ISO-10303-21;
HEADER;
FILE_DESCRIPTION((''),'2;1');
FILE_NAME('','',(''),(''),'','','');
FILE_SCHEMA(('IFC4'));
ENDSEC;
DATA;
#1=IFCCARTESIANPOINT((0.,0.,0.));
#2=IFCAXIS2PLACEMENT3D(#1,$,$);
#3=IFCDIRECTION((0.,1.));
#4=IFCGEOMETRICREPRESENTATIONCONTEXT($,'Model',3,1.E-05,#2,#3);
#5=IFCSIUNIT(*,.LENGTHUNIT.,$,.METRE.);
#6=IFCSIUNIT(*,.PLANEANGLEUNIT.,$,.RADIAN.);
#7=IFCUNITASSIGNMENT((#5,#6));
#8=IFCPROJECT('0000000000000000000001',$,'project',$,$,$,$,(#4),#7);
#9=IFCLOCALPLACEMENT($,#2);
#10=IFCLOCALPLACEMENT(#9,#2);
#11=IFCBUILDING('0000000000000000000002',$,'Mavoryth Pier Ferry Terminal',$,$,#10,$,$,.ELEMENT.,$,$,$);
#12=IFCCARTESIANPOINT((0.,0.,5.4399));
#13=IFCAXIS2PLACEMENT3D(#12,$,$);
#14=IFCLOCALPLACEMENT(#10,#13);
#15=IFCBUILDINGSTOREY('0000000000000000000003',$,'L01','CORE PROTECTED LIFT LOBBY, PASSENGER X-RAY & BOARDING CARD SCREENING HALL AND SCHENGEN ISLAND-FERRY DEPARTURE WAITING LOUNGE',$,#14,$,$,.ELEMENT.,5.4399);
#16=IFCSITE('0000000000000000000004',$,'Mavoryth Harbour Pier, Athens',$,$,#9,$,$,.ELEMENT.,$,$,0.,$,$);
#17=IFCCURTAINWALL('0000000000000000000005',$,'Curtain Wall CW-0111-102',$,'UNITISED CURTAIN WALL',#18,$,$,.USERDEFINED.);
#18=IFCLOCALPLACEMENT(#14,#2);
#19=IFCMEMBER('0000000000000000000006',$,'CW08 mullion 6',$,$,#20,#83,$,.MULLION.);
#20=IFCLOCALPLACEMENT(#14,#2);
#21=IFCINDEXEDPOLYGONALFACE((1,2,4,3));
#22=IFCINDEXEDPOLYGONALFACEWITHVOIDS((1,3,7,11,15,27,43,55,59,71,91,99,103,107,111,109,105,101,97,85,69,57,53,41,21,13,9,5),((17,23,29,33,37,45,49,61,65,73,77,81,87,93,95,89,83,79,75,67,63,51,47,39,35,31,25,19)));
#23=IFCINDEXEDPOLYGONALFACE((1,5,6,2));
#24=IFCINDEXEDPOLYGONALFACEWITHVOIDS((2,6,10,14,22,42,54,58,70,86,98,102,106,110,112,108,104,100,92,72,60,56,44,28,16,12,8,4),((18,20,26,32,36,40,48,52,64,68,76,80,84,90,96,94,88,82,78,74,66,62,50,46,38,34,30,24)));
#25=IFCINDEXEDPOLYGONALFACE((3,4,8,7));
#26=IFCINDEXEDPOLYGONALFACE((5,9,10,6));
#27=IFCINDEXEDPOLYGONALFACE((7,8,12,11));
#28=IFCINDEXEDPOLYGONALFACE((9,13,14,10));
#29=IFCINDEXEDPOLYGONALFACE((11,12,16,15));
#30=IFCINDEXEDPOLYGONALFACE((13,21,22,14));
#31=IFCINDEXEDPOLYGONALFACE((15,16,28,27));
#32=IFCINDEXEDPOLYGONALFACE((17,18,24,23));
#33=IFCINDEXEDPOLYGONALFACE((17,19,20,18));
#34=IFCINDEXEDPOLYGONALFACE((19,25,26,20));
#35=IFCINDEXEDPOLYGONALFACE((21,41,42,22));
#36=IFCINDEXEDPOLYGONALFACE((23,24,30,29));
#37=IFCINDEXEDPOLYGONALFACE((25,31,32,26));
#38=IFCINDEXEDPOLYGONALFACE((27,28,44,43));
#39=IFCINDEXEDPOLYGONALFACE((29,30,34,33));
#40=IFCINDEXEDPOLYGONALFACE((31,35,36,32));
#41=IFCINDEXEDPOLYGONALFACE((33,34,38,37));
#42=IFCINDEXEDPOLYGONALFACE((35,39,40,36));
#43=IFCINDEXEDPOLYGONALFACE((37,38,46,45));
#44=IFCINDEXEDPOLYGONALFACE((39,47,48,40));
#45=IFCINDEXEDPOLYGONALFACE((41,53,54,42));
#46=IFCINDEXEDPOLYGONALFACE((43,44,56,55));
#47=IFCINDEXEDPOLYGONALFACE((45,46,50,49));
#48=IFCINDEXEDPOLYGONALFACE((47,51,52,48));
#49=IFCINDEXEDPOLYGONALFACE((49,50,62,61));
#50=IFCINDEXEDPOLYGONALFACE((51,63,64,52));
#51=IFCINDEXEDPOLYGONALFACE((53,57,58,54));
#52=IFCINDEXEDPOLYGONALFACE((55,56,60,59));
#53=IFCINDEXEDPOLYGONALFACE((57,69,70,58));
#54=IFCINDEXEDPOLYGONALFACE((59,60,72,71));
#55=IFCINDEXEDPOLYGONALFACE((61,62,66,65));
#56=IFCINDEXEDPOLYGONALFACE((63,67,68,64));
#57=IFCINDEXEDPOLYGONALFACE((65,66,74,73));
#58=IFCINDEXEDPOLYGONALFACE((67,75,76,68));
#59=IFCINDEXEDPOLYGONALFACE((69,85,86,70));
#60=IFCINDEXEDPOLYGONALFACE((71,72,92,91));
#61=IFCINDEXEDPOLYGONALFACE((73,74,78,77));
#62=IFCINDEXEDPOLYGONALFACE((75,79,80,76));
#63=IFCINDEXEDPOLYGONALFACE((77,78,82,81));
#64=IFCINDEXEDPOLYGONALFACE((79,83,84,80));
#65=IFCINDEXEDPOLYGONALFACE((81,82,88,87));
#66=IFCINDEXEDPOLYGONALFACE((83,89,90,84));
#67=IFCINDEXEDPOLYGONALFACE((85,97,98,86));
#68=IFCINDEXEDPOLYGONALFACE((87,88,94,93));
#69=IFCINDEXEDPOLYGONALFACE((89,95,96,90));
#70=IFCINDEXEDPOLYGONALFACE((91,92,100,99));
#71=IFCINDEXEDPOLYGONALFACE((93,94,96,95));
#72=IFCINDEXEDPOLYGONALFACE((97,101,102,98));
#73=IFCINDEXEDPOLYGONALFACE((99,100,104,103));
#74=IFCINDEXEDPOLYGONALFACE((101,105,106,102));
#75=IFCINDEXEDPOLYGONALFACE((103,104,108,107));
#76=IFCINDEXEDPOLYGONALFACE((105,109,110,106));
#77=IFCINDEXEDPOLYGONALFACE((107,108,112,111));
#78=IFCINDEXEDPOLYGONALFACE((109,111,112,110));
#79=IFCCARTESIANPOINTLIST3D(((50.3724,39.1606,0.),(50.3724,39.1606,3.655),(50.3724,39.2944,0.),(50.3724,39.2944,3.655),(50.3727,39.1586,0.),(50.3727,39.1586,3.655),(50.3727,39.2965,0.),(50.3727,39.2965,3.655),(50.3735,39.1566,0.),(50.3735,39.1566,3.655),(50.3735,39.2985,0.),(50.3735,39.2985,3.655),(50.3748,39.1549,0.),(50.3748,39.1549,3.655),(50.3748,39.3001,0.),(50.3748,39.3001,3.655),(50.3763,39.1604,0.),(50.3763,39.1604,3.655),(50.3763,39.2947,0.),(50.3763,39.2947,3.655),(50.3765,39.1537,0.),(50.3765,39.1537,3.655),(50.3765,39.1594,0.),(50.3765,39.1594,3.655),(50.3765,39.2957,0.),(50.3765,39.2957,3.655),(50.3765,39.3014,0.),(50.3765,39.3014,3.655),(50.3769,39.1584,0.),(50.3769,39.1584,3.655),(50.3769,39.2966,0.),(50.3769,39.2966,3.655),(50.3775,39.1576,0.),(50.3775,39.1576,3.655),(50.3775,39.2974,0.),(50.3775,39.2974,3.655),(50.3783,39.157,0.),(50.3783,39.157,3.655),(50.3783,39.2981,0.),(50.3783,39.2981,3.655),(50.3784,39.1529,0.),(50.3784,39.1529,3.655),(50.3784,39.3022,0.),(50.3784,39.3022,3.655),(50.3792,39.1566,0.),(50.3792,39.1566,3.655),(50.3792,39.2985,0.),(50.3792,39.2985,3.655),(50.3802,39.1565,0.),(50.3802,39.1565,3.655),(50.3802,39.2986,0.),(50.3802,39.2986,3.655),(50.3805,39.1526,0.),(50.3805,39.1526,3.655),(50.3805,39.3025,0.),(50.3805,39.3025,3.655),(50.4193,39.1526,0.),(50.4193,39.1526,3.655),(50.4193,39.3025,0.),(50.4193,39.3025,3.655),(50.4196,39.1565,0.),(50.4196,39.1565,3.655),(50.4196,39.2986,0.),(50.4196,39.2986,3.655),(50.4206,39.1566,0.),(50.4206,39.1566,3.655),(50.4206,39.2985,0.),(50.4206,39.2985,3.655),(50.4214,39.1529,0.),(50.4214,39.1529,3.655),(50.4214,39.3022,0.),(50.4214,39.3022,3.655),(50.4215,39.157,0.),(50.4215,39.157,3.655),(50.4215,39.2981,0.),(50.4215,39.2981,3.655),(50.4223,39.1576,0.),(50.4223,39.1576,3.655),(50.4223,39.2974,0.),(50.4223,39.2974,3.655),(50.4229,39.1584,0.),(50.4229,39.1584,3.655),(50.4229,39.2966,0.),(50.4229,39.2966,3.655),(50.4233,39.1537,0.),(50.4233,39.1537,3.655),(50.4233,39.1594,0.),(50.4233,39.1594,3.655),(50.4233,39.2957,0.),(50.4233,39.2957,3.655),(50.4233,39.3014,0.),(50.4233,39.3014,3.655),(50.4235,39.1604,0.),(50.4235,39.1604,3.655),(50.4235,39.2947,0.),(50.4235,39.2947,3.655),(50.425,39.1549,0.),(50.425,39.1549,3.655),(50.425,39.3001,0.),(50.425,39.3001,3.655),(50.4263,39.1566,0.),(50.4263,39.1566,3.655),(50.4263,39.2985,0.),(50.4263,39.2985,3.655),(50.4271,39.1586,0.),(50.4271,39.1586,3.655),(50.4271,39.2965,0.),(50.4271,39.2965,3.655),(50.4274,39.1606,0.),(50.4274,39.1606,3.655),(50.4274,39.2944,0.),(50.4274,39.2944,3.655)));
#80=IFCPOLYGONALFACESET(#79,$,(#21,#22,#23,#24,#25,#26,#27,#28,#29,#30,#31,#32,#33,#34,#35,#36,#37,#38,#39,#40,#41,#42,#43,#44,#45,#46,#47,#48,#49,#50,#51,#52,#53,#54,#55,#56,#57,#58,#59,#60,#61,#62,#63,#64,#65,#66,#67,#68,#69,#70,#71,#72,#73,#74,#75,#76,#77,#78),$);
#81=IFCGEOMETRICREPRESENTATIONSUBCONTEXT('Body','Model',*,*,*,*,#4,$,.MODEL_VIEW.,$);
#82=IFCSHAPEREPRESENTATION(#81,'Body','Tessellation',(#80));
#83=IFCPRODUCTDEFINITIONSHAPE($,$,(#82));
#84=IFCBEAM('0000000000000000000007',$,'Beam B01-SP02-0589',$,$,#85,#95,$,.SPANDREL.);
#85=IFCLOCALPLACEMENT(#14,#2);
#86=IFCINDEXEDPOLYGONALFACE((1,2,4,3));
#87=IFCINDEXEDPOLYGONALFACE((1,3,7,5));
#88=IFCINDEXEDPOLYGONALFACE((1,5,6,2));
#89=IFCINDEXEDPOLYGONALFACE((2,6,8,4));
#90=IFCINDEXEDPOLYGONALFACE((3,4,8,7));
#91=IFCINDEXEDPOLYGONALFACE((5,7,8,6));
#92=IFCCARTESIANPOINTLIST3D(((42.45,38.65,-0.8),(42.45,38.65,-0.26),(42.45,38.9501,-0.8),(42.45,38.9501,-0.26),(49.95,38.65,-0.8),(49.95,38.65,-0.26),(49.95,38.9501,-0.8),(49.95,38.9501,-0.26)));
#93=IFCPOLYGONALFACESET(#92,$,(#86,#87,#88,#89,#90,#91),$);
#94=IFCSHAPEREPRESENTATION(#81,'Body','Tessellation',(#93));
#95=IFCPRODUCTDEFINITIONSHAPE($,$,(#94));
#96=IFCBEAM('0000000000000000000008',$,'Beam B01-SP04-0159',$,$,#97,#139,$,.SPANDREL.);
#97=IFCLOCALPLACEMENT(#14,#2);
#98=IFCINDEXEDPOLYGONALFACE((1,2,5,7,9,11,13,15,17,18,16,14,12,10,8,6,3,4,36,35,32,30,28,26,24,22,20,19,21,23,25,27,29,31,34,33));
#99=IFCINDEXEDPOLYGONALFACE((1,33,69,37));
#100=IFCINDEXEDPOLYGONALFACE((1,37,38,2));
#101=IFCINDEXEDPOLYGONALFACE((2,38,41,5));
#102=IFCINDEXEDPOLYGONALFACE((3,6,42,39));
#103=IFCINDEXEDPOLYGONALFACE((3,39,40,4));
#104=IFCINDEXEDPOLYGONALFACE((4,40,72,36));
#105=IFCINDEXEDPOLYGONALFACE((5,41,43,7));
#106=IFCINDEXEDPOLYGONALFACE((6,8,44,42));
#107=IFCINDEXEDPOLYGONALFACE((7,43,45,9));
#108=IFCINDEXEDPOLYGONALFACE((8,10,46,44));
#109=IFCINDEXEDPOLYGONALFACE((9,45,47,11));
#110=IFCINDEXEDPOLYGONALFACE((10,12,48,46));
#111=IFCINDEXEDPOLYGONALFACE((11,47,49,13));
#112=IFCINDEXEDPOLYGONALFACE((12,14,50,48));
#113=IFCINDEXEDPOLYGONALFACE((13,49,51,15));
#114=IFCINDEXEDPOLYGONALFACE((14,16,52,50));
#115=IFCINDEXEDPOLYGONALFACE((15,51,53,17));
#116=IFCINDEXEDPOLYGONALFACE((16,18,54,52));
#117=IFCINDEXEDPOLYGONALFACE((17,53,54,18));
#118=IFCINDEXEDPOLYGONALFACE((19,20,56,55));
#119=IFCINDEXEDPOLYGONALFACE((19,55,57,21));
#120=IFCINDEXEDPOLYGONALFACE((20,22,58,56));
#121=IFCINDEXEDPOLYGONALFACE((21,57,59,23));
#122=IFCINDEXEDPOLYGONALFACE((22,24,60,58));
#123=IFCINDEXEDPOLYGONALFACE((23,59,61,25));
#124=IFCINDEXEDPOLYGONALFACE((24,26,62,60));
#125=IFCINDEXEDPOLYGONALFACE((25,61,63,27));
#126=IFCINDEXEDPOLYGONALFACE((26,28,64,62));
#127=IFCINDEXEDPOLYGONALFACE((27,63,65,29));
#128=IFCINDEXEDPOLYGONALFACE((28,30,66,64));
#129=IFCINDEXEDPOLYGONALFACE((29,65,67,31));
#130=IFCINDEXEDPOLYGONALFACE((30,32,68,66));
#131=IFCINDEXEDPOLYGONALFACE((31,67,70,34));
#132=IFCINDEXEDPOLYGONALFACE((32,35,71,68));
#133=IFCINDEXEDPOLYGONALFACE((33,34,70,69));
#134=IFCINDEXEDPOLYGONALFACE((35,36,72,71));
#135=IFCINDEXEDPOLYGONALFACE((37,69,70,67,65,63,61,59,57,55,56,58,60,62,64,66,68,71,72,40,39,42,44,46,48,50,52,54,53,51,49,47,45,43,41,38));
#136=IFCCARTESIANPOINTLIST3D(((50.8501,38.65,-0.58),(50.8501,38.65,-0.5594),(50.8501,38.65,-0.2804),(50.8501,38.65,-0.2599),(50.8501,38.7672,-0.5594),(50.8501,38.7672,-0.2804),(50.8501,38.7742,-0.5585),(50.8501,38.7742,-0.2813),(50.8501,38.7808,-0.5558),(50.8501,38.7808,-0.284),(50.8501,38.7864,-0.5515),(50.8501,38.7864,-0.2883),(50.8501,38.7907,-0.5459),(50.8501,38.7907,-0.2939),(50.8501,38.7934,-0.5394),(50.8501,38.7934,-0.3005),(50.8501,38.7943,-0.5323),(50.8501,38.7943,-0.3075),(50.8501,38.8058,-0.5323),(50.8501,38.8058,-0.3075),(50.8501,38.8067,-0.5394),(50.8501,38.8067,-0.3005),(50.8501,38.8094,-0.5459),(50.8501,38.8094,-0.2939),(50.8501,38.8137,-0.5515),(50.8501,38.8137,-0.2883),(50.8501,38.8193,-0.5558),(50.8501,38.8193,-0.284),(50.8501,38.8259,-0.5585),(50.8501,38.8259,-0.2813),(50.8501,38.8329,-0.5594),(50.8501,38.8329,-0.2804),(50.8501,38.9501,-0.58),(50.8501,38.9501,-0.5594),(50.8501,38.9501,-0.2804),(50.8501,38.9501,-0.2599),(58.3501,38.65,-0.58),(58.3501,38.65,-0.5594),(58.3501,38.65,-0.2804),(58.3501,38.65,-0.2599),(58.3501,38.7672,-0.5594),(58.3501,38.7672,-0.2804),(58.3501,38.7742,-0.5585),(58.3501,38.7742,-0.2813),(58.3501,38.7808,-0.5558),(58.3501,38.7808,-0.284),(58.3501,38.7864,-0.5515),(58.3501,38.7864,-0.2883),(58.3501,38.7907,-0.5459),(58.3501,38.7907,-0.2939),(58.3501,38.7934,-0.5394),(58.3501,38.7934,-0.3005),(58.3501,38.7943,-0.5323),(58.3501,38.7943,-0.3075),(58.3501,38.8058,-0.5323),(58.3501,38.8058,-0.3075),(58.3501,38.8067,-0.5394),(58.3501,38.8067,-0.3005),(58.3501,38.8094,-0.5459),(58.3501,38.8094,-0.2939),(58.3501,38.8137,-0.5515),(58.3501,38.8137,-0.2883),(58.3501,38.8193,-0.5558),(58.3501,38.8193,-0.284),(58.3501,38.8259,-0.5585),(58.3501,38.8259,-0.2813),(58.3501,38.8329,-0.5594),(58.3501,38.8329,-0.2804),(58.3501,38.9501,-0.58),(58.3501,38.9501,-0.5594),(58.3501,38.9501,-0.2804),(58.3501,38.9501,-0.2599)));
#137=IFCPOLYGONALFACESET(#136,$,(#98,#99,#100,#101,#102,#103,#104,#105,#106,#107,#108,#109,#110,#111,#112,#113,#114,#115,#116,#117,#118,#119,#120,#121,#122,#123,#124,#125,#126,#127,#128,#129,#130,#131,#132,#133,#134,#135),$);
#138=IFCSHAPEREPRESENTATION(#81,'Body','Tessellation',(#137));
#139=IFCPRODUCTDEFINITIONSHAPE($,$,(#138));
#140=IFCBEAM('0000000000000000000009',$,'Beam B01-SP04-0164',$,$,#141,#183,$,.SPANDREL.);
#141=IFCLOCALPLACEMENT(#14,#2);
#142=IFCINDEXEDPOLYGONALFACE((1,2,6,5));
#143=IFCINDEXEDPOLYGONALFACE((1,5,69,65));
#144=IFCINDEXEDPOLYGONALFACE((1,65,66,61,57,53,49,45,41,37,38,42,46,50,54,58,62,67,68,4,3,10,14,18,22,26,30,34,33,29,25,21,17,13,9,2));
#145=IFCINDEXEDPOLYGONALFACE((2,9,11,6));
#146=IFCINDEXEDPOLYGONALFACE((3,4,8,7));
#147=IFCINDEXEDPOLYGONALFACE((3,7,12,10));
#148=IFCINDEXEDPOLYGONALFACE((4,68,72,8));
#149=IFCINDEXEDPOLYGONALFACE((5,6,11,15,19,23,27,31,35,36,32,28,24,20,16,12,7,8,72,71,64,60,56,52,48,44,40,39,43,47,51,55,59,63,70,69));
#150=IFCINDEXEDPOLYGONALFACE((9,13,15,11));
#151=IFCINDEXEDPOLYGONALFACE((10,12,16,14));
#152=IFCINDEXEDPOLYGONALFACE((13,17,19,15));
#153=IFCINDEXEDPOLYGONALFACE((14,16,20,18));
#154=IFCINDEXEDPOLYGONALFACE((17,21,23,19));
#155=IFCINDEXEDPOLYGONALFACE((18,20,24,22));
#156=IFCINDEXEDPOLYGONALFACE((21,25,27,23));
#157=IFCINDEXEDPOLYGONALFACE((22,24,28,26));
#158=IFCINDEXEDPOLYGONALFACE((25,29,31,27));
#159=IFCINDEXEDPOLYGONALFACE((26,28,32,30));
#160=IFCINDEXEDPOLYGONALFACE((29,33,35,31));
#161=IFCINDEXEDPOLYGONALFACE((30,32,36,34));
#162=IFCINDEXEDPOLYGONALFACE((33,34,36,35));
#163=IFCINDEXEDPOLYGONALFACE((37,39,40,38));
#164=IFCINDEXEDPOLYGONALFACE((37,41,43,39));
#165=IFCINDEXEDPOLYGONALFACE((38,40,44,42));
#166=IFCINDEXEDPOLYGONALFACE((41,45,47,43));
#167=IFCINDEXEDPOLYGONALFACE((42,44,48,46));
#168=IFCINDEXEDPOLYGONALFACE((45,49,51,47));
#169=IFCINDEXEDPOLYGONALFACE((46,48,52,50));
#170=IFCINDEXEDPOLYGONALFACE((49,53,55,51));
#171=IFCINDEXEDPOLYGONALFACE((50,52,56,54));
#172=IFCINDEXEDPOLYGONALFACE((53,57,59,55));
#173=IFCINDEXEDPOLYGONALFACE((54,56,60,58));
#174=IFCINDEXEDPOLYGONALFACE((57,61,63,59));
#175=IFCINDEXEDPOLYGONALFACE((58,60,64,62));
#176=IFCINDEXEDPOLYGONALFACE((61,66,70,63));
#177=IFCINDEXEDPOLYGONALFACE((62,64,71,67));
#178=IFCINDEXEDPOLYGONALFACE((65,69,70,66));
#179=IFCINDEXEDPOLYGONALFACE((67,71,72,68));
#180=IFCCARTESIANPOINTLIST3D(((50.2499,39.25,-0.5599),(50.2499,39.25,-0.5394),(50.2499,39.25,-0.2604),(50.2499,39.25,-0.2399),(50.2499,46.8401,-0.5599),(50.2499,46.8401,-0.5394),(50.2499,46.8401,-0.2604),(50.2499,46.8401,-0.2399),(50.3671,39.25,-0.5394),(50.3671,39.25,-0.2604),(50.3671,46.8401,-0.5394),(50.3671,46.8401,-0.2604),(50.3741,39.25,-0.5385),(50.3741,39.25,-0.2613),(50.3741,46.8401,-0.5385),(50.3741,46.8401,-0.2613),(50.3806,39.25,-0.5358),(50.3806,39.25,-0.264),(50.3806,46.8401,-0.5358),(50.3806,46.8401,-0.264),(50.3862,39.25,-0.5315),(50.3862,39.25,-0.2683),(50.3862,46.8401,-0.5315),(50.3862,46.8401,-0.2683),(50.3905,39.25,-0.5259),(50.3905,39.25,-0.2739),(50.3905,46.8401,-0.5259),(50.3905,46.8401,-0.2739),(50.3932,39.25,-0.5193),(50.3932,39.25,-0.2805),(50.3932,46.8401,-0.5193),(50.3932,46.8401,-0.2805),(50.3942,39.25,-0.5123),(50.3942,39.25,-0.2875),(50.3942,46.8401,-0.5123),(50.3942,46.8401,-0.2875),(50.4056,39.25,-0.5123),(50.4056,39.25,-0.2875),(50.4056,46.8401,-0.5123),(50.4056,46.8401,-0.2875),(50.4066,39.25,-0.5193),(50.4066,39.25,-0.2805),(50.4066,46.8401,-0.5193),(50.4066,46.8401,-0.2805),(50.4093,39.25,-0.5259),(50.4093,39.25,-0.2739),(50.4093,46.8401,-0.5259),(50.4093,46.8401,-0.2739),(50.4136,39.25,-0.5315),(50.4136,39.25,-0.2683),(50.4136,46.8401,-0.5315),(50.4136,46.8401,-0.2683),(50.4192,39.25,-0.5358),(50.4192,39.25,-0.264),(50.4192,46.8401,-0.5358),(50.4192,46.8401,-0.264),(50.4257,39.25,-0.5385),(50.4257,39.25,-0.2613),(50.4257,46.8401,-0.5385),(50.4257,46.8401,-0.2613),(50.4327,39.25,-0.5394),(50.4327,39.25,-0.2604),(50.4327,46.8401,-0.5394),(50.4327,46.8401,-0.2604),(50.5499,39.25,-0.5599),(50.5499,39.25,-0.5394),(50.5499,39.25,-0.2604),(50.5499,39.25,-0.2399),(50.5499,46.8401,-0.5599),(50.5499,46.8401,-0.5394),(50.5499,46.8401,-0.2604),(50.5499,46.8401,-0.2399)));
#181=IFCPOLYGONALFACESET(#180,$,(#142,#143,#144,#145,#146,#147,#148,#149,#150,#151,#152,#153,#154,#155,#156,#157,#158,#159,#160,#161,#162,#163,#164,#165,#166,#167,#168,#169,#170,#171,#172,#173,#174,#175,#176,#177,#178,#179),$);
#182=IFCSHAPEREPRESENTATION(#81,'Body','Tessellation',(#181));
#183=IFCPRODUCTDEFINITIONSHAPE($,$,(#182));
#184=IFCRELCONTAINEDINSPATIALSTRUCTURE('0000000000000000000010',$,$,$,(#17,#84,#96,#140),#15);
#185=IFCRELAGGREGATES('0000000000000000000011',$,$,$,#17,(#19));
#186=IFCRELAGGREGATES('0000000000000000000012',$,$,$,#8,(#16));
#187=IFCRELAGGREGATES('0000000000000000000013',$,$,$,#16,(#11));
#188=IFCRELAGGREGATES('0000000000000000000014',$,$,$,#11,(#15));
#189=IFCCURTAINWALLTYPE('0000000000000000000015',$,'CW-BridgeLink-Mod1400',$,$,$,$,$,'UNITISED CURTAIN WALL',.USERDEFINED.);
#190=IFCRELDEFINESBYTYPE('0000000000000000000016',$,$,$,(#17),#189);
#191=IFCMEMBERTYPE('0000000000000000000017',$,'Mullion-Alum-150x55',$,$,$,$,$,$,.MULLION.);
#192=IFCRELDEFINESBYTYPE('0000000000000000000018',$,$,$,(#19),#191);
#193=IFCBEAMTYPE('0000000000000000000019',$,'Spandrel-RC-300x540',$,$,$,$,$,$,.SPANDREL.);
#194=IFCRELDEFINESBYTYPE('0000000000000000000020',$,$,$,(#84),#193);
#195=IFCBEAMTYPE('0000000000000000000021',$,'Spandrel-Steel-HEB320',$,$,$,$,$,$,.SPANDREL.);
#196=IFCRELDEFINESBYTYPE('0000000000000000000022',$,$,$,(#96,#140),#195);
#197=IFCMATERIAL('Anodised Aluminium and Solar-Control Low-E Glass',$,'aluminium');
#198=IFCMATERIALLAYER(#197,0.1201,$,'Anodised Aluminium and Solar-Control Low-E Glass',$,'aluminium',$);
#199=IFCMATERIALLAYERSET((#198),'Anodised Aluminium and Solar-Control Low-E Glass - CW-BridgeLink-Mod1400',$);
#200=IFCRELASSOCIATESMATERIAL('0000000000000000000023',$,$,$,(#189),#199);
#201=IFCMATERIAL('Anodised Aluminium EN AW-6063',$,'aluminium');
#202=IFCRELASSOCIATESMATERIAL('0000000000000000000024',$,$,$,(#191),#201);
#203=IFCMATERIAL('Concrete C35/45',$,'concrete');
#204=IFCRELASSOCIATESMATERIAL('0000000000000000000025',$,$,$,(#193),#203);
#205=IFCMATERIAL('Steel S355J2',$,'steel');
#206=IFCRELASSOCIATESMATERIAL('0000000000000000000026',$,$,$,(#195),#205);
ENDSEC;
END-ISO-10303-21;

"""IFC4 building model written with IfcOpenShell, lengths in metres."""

from ifc_helpers import new_model, si_unit, direction, frame, origin, origin_2d, place, context, subcontext, project, spatial, rectangle, hollow_rectangle, i_section, extrude, material, layer, layer_set, material_profile, profile_set, type_object, element, aggregate, save


model = new_model("IFC4")

# Units and contexts
model_context = context("Model", 3, precision=1e-05, world=origin(), true_north=direction((0.0, 1.0)))
body_context = subcontext(model_context, "Body", "Model", "MODEL_VIEW")
ifc_project = project(units=[si_unit("LENGTHUNIT", "METRE"), si_unit("PLANEANGLEUNIT", "RADIAN")], contexts=[model_context])

# Site, building, storey
site_placement = place(None, origin())
site = spatial("IfcSite", under=ifc_project, at=site_placement, Name="Mavoryth Harbour Pier, Athens", CompositionType="ELEMENT", RefElevation=0.0)
building_placement = place(site_placement, origin())
building = spatial("IfcBuilding", under=site, at=building_placement, Name="Mavoryth Pier Ferry Terminal", CompositionType="ELEMENT")
storey_placement = place(building_placement, frame((0.0, 0.0, 5.4399)))
storey = spatial("IfcBuildingStorey", under=building, at=storey_placement, Name="L01", Description="CORE PROTECTED LIFT LOBBY, PASSENGER X-RAY & BOARDING CARD SCREENING HALL AND SCHENGEN ISLAND-FERRY DEPARTURE WAITING LOUNGE", CompositionType="ELEMENT", Elevation=5.4399)

# Shared definitions
ifc_material_1 = material(Name="Steel S355J2", Category="steel")

# Curtain wall, member
ifc_material_2 = material(Name="Anodised Aluminium and Solar-Control Low-E Glass", Category="aluminium")
ifc_layer_1 = layer(ifc_material_2, 0.1201, Name="Anodised Aluminium and Solar-Control Low-E Glass", Category="aluminium")
ifc_layer_set_1 = layer_set([ifc_layer_1], Name="Anodised Aluminium and Solar-Control Low-E Glass - CW-BridgeLink-Mod1400")
curtain_wall_type = type_object("IfcCurtainWallType", Name="CW-BridgeLink-Mod1400", ElementType="UNITISED CURTAIN WALL", PredefinedType="USERDEFINED", material=ifc_layer_set_1)
curtain_wall_placement = place(storey_placement, origin())
curtain_wall = element("IfcCurtainWall", 1, at=curtain_wall_placement, inside=storey, type_object=curtain_wall_type, Name="Curtain Wall CW-0111-102", ObjectType="UNITISED CURTAIN WALL", PredefinedType="USERDEFINED")
ifc_material_3 = material(Name="Anodised Aluminium EN AW-6063", Category="aluminium")
ifc_material_profile_1 = material_profile(ifc_material_3, hollow_rectangle(XDim=0.0549, YDim=0.1499, WallThickness=0.0039, InnerFilletRadius=0.0039, OuterFilletRadius=0.0081, at=origin_2d()), Name="AL-MULL 150x55x4", Category="aluminium")
ifc_profile_set_1 = profile_set([ifc_material_profile_1], Name="Anodised Aluminium EN AW-6063 - AL-MULL 150x55x4")
member_type_1 = type_object("IfcMemberType", Name="Mullion-Alum-150x55", PredefinedType="MULLION", material=ifc_profile_set_1)
member_1_placement = place(storey_placement, frame((50.3999, 39.2275, 0.0), z_axis=(0.0, 0.0, 1.0), x_axis=(1.0, 0.0, 0.0)))
member_1 = element("IfcMember", 2, at=member_1_placement, type_object=member_type_1, Name="CW08 mullion 6", PredefinedType="MULLION", context=body_context, shape_type="SweptSolid", body=[
    extrude(hollow_rectangle(XDim=0.0549, YDim=0.1499, WallThickness=0.0039, InnerFilletRadius=0.0039, OuterFilletRadius=0.0081, at=origin_2d()), origin(), (0.0, 0.0, 1.0), 3.655),
])

# Beams
ifc_material_4 = material(Name="Concrete C35/45", Category="concrete")
ifc_material_profile_2 = material_profile(ifc_material_4, rectangle(XDim=0.3, YDim=0.54, at=origin_2d()), Name="RC 300x540", Category="concrete")
ifc_profile_set_2 = profile_set([ifc_material_profile_2], Name="Concrete C35/45 - RC 300x540")
beam_type_1 = type_object("IfcBeamType", Name="Spandrel-RC-300x540", PredefinedType="SPANDREL", material=ifc_profile_set_2)
beam_1_placement = place(storey_placement, frame((42.45, 38.8, -0.53), z_axis=(1.0, 0.0, 0.0), x_axis=(0.0, 1.0, 0.0)))
element("IfcBeam", 3, at=beam_1_placement, inside=storey, type_object=beam_type_1, Name="Beam B01-SP02-0589", PredefinedType="SPANDREL", context=body_context, shape_type="SweptSolid", body=[
    extrude(rectangle(XDim=0.3, YDim=0.54, at=origin_2d()), origin(), (0.0, 0.0, 1.0), 7.5),
])
ifc_material_profile_3 = material_profile(ifc_material_1, i_section(OverallWidth=0.3, OverallDepth=0.3201, WebThickness=0.0115, FlangeThickness=0.0205, FilletRadius=0.0271, at=origin_2d()), Name="HEB 320", Category="steel")
ifc_profile_set_3 = profile_set([ifc_material_profile_3], Name="Steel S355J2 - HEB 320")
beam_type_2 = type_object("IfcBeamType", Name="Spandrel-Steel-HEB320", PredefinedType="SPANDREL", material=ifc_profile_set_3)
beam_2_placement = place(storey_placement, frame((50.8501, 38.8, -0.4199), z_axis=(1.0, 0.0, 0.0), x_axis=(0.0, 1.0, 0.0)))
element("IfcBeam", 4, at=beam_2_placement, inside=storey, type_object=beam_type_2, Name="Beam B01-SP04-0159", PredefinedType="SPANDREL", context=body_context, shape_type="SweptSolid", body=[
    extrude(i_section(OverallWidth=0.3, OverallDepth=0.3201, WebThickness=0.0115, FlangeThickness=0.0205, FilletRadius=0.0271, at=origin_2d()), origin(), (0.0, 0.0, 1.0), 7.5),
])
beam_3_placement = place(storey_placement, frame((50.3999, 39.25, -0.3999), z_axis=(0.0, 1.0, 0.0), x_axis=(-1.0, 0.0, 0.0)))
element("IfcBeam", 5, at=beam_3_placement, inside=storey, type_object=beam_type_2, Name="Beam B01-SP04-0164", PredefinedType="SPANDREL", context=body_context, shape_type="SweptSolid", body=[
    extrude(i_section(OverallWidth=0.3, OverallDepth=0.3201, WebThickness=0.0115, FlangeThickness=0.0205, FilletRadius=0.0271, at=origin_2d()), origin(), (0.0, 0.0, 1.0), 7.5901),
])

aggregate(curtain_wall, [member_1])

save(model, "model.ifc")
